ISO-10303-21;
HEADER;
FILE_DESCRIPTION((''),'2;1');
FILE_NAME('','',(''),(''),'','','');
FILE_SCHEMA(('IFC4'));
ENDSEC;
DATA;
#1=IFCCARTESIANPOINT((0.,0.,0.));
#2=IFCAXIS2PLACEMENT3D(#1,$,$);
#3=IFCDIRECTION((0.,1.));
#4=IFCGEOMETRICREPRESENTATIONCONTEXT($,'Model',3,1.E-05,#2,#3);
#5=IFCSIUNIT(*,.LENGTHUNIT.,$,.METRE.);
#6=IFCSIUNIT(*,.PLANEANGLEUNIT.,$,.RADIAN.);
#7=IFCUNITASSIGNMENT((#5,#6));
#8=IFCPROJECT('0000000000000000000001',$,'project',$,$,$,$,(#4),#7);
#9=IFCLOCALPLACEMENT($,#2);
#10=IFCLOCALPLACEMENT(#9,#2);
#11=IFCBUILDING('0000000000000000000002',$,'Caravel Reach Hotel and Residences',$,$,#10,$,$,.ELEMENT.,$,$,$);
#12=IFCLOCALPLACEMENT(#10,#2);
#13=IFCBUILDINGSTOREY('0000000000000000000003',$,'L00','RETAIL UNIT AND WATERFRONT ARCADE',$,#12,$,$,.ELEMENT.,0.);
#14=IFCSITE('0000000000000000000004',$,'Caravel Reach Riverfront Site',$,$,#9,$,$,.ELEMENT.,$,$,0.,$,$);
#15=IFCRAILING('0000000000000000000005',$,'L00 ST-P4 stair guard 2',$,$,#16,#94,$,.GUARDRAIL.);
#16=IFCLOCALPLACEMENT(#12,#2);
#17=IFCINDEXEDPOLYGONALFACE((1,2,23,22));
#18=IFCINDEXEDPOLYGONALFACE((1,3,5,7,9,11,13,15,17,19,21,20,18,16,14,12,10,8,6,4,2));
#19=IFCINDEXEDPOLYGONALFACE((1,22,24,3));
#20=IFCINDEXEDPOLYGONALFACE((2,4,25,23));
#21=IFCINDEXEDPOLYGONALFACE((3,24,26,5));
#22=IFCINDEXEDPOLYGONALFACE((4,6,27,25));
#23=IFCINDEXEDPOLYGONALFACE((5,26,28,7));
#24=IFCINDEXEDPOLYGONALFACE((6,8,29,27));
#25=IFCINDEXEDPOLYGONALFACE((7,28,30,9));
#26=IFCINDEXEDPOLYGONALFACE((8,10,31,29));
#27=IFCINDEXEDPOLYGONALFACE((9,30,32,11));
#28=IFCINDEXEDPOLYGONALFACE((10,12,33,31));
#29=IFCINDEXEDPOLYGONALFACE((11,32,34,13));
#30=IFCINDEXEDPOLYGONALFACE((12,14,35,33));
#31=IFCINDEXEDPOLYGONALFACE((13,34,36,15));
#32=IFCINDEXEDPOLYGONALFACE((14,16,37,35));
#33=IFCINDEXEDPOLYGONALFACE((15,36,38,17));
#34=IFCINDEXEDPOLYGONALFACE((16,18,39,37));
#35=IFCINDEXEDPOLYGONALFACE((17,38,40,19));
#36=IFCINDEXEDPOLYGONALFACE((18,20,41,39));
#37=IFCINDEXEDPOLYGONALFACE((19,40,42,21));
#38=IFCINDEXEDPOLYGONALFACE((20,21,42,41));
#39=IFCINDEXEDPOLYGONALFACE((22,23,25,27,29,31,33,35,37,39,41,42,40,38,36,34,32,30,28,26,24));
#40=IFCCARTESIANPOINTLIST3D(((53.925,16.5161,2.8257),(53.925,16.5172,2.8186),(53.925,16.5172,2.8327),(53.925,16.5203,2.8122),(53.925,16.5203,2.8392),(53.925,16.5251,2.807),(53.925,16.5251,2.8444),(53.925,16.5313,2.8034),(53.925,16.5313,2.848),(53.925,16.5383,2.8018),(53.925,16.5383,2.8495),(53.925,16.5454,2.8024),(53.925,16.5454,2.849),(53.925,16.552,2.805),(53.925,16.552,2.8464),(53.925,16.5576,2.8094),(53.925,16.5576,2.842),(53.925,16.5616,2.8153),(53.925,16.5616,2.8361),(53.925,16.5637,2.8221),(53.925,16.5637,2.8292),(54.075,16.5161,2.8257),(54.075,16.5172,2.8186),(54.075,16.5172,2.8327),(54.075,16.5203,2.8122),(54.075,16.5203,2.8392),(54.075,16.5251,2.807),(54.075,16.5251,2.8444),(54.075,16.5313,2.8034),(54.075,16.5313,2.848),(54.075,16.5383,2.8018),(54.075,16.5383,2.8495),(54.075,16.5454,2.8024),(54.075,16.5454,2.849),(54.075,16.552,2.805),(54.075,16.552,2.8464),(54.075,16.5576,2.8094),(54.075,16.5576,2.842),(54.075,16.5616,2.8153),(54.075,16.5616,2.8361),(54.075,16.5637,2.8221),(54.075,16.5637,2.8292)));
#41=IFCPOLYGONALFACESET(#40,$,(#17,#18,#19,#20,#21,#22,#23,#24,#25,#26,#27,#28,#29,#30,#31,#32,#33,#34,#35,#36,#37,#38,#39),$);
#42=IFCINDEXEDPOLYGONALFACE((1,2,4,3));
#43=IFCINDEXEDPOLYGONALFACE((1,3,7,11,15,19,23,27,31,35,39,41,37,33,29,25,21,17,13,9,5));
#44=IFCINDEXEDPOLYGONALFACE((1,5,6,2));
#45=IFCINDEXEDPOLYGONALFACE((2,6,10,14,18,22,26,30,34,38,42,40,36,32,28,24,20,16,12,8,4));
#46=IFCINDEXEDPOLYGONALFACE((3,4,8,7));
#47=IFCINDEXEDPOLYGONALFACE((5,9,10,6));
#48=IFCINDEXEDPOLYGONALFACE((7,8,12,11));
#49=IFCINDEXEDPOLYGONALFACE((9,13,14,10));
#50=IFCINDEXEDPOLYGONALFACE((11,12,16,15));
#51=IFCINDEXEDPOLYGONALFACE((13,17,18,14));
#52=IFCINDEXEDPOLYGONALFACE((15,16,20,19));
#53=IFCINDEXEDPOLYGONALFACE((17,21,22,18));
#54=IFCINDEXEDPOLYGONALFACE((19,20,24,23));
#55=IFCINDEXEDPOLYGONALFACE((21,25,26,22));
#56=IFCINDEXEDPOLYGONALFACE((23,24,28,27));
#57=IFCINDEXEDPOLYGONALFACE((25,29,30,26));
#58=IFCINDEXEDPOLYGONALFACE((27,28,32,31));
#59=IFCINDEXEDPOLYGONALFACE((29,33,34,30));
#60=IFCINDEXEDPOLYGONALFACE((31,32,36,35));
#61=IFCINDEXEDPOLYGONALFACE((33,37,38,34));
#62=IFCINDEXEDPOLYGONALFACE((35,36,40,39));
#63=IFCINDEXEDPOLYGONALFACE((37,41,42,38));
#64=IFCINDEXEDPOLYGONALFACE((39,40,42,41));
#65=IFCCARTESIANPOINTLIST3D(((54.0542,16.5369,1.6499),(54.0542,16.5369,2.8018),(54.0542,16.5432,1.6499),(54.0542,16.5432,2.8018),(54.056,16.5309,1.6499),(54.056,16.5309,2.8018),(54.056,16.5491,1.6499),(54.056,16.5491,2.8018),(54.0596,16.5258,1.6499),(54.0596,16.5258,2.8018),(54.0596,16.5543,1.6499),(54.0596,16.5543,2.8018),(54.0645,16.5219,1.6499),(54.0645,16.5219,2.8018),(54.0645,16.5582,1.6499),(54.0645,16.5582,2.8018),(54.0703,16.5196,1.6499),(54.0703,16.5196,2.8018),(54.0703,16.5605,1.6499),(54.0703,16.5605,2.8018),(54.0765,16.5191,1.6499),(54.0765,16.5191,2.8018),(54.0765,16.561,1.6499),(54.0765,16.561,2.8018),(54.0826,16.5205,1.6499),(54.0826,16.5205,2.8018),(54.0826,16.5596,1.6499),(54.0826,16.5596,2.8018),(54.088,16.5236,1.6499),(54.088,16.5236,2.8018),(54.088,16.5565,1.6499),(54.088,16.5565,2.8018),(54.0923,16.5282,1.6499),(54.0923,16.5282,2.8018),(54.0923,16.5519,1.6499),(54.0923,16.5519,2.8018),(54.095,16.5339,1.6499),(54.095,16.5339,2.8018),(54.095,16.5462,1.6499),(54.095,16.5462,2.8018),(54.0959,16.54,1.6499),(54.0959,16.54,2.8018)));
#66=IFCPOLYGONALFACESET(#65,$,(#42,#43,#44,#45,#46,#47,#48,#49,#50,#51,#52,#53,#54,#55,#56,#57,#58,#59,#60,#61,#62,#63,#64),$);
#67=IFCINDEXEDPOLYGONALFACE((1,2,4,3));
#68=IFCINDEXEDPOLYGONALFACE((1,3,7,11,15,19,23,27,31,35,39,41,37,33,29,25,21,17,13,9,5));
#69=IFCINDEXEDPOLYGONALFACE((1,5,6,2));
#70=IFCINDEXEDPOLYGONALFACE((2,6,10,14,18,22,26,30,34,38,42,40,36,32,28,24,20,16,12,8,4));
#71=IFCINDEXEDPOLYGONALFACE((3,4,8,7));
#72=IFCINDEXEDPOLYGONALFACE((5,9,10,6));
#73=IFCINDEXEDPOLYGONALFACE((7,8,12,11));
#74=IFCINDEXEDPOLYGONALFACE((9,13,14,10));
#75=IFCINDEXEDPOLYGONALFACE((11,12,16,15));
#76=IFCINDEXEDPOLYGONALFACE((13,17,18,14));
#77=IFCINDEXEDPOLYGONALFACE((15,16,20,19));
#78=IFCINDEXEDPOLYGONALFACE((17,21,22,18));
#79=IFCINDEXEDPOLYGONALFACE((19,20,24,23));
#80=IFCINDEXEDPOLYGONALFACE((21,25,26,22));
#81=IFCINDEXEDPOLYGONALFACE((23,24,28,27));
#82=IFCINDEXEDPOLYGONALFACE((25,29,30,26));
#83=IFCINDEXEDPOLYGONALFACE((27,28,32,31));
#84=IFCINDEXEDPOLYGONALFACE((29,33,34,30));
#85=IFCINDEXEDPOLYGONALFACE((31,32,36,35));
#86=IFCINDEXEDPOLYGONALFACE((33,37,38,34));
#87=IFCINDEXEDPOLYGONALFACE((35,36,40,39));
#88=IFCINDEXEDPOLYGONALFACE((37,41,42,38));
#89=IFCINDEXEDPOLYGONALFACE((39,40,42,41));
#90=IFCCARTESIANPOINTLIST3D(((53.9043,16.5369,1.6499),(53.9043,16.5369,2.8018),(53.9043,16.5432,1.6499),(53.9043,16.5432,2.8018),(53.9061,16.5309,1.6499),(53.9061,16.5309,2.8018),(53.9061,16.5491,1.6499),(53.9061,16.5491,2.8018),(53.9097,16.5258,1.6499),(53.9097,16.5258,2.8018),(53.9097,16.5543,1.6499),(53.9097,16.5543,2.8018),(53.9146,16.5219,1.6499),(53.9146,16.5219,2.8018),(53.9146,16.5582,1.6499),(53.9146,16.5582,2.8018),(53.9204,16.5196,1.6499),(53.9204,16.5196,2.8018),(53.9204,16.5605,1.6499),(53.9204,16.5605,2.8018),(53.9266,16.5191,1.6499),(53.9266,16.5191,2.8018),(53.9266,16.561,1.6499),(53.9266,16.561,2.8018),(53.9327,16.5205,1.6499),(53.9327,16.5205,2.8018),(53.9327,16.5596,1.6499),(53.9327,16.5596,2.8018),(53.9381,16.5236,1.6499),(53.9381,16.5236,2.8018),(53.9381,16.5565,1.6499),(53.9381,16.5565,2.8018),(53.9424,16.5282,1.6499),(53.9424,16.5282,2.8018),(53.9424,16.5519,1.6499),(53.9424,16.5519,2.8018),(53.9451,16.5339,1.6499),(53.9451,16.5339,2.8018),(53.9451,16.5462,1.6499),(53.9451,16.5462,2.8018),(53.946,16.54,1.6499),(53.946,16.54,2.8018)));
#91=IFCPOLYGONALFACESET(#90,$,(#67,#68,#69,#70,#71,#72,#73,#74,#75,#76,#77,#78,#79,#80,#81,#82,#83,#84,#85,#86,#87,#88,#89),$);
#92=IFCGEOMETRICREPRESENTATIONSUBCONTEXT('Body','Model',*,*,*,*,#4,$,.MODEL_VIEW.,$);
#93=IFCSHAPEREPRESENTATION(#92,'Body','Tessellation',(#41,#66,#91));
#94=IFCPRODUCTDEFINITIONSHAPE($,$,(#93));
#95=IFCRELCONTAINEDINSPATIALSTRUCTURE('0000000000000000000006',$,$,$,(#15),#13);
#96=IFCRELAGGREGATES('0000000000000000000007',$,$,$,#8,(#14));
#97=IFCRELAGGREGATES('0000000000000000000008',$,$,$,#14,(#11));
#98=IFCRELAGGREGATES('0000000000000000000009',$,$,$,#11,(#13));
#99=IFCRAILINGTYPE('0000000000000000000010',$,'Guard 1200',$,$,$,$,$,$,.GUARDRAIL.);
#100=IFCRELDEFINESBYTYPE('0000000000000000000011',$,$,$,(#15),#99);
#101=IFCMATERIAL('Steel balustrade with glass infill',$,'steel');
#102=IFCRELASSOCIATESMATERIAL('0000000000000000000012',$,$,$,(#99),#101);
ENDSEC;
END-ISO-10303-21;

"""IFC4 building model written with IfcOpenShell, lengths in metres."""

from ifc_helpers import new_model, si_unit, direction, frame, origin, origin_2d, place, context, subcontext, project, spatial, circle, extrude, material, type_object, element, save


model = new_model("IFC4")

# Units and contexts
model_context = context("Model", 3, precision=1e-05, world=origin(), true_north=direction((0.0, 1.0)))
body_context = subcontext(model_context, "Body", "Model", "MODEL_VIEW")
ifc_project = project(units=[si_unit("LENGTHUNIT", "METRE"), si_unit("PLANEANGLEUNIT", "RADIAN")], contexts=[model_context])

# Site, building, storey
site_placement = place(None, origin())
site = spatial("IfcSite", under=ifc_project, at=site_placement, Name="Caravel Reach Riverfront Site", CompositionType="ELEMENT", RefElevation=0.0)
building_placement = place(site_placement, origin())
building = spatial("IfcBuilding", under=site, at=building_placement, Name="Caravel Reach Hotel and Residences", CompositionType="ELEMENT")
storey_placement = place(building_placement, origin())
storey = spatial("IfcBuildingStorey", under=building, at=storey_placement, Name="L00", Description="RETAIL UNIT AND WATERFRONT ARCADE", CompositionType="ELEMENT", Elevation=0.0)

# Railing
ifc_material_1 = material(Name="Steel balustrade with glass infill", Category="steel")
railing_type_1 = type_object("IfcRailingType", Name="Guard 1200", PredefinedType="GUARDRAIL", material=ifc_material_1)
railing_1_placement = place(storey_placement, frame((54.075, 16.54, 1.6499)))
element("IfcRailing", 1, at=railing_1_placement, inside=storey, type_object=railing_type_1, Name="L00 ST-P4 stair guard 2", PredefinedType="GUARDRAIL", context=body_context, shape_type="SweptSolid", body=[
    extrude(circle(Radius=0.0239, at=origin_2d()), frame((0.0, 0.0, 1.1758), z_axis=(-1.0, 0.0, 0.0), x_axis=(0.0, -1.0, 0.0)), (0.0, 0.0, 1.0), 0.1499),
    extrude(circle(Radius=0.021, at=origin_2d()), origin(), (0.0, 0.0, 1.0), 1.1519),
    extrude(circle(Radius=0.021, at=origin_2d()), frame((-0.1499, 0.0, 0.0)), (0.0, 0.0, 1.0), 1.1519),
])

save(model, "model.ifc")
